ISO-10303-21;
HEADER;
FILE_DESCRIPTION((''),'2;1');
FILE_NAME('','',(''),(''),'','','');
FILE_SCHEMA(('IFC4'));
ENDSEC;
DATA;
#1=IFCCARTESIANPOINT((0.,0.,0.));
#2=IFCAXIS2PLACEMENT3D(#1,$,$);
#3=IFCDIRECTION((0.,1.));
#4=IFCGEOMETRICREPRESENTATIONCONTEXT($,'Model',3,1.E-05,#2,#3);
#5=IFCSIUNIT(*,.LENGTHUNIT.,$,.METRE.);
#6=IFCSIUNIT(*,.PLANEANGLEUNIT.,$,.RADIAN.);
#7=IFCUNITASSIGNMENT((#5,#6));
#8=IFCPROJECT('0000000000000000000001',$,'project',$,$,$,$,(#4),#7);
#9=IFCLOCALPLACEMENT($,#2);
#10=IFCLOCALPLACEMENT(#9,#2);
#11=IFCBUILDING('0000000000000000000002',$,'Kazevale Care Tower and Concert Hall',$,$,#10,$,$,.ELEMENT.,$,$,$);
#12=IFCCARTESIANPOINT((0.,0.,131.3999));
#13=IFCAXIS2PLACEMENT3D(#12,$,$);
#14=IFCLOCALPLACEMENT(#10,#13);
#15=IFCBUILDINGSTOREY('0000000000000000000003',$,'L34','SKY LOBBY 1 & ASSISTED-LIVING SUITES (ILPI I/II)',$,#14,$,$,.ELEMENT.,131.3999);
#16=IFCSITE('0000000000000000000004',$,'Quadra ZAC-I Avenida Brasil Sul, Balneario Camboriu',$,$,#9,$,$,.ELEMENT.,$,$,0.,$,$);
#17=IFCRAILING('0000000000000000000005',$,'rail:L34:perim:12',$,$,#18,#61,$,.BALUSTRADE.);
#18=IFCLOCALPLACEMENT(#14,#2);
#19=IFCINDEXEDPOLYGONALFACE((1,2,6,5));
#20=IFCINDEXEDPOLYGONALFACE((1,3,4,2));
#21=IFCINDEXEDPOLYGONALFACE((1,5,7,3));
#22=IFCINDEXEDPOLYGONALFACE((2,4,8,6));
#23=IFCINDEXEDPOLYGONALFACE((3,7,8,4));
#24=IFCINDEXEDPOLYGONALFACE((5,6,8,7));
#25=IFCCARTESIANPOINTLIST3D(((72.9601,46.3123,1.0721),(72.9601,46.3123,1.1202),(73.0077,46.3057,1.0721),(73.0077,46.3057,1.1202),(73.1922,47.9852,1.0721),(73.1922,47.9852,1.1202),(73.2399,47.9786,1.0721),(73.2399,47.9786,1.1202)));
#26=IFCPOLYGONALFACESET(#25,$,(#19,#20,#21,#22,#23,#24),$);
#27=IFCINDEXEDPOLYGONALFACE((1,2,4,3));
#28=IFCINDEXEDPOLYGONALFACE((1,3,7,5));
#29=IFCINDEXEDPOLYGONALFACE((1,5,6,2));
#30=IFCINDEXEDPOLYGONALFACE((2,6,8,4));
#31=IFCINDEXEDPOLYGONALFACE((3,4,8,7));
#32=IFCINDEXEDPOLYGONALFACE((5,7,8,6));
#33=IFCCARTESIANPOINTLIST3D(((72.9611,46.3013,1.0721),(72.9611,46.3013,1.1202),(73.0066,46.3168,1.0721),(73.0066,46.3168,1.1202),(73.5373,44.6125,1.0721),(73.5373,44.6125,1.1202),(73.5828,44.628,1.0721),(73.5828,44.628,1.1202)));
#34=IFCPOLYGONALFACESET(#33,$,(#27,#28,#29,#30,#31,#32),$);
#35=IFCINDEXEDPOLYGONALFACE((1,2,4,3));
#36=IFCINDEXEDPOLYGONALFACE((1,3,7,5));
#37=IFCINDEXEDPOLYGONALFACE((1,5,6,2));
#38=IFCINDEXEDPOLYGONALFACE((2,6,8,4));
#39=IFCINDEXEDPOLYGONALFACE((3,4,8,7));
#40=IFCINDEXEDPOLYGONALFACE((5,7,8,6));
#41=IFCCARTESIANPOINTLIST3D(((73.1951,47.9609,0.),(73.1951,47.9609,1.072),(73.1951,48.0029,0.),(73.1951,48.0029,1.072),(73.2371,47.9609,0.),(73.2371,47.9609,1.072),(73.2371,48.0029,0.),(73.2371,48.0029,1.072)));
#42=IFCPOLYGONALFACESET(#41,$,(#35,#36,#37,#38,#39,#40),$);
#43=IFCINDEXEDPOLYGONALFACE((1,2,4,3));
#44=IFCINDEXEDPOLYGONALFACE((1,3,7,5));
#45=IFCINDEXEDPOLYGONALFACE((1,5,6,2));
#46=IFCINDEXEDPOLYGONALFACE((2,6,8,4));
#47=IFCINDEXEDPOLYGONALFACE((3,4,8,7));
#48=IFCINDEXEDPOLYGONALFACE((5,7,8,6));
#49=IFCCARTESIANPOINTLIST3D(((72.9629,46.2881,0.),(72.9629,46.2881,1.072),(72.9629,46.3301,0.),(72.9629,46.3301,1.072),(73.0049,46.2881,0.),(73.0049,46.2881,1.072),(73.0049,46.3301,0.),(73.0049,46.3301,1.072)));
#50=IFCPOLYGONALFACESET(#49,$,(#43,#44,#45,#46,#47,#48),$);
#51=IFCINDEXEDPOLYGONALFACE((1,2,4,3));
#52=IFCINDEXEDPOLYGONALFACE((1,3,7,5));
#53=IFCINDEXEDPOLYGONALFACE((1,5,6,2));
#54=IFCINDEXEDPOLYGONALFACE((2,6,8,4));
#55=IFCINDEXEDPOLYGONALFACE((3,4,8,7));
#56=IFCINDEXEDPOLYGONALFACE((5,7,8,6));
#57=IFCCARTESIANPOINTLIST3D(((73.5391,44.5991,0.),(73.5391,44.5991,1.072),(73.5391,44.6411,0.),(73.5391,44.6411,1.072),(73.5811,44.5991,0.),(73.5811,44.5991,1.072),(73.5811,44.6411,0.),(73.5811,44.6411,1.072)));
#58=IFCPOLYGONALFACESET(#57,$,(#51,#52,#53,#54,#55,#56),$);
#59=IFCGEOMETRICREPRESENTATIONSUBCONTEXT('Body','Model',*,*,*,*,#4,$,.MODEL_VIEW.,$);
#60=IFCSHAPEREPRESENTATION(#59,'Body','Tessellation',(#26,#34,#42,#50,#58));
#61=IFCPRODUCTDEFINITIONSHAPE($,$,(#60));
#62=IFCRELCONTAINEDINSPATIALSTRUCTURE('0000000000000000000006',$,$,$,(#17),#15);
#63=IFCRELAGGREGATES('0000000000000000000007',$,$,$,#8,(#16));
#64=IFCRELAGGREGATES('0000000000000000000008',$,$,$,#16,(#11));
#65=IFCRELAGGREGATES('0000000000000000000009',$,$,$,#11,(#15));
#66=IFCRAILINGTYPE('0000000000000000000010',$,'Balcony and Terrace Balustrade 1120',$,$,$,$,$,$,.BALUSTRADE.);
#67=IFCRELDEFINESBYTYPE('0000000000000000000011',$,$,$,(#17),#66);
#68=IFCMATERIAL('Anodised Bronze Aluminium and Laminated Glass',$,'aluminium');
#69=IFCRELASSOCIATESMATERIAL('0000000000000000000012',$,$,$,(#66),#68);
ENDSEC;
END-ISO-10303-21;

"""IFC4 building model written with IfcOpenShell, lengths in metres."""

from ifc_helpers import new_model, si_unit, direction, frame, origin, origin_2d, place, context, subcontext, project, spatial, rectangle, extrude, material, type_object, element, save


model = new_model("IFC4")

# Units and contexts
model_context = context("Model", 3, precision=1e-05, world=origin(), true_north=direction((0.0, 1.0)))
body_context = subcontext(model_context, "Body", "Model", "MODEL_VIEW")
ifc_project = project(units=[si_unit("LENGTHUNIT", "METRE"), si_unit("PLANEANGLEUNIT", "RADIAN")], contexts=[model_context])

# Site, building, storey
site_placement = place(None, origin())
site = spatial("IfcSite", under=ifc_project, at=site_placement, Name="Quadra ZAC-I Avenida Brasil Sul, Balneario Camboriu", CompositionType="ELEMENT", RefElevation=0.0)
building_placement = place(site_placement, origin())
building = spatial("IfcBuilding", under=site, at=building_placement, Name="Kazevale Care Tower and Concert Hall", CompositionType="ELEMENT")
storey_placement = place(building_placement, frame((0.0, 0.0, 131.3999)))
storey = spatial("IfcBuildingStorey", under=building, at=storey_placement, Name="L34", Description="SKY LOBBY 1 & ASSISTED-LIVING SUITES (ILPI I/II)", CompositionType="ELEMENT", Elevation=131.3999)

# Railing
ifc_material_1 = material(Name="Anodised Bronze Aluminium and Laminated Glass", Category="aluminium")
railing_type = type_object("IfcRailingType", Name="Balcony and Terrace Balustrade 1120", PredefinedType="BALUSTRADE", material=ifc_material_1)
railing_1_placement = place(storey_placement, frame((73.2161, 47.9819, 0.0)))
element("IfcRailing", 1, at=railing_1_placement, inside=storey, type_object=railing_type, Name="rail:L34:perim:12", PredefinedType="BALUSTRADE", context=body_context, shape_type="SweptSolid", body=[
    extrude(rectangle(XDim=0.0481, YDim=0.0481, at=origin_2d()), frame((0.0, 0.0, 1.0962), z_axis=(-0.137474, -0.990505, 0.0), x_axis=(0.990505, -0.137474, 0.0)), (0.0, 0.0, 1.0), 1.689),
    extrude(rectangle(XDim=0.0481, YDim=0.0481, at=origin_2d()), frame((-0.2322, -1.6729, 1.0962), z_axis=(0.322869, -0.946444, 0.0), x_axis=(0.946444, 0.322869, 0.0)), (0.0, 0.0, 1.0), 1.7844),
    extrude(rectangle(XDim=0.042, YDim=0.042, at=origin_2d()), origin(), (0.0, 0.0, 1.0), 1.072),
    extrude(rectangle(XDim=0.042, YDim=0.042, at=origin_2d()), frame((-0.2322, -1.6729, 0.0)), (0.0, 0.0, 1.0), 1.072),
    extrude(rectangle(XDim=0.042, YDim=0.042, at=origin_2d()), frame((0.344, -3.3618, 0.0)), (0.0, 0.0, 1.0), 1.072),
])

save(model, "model.ifc")
